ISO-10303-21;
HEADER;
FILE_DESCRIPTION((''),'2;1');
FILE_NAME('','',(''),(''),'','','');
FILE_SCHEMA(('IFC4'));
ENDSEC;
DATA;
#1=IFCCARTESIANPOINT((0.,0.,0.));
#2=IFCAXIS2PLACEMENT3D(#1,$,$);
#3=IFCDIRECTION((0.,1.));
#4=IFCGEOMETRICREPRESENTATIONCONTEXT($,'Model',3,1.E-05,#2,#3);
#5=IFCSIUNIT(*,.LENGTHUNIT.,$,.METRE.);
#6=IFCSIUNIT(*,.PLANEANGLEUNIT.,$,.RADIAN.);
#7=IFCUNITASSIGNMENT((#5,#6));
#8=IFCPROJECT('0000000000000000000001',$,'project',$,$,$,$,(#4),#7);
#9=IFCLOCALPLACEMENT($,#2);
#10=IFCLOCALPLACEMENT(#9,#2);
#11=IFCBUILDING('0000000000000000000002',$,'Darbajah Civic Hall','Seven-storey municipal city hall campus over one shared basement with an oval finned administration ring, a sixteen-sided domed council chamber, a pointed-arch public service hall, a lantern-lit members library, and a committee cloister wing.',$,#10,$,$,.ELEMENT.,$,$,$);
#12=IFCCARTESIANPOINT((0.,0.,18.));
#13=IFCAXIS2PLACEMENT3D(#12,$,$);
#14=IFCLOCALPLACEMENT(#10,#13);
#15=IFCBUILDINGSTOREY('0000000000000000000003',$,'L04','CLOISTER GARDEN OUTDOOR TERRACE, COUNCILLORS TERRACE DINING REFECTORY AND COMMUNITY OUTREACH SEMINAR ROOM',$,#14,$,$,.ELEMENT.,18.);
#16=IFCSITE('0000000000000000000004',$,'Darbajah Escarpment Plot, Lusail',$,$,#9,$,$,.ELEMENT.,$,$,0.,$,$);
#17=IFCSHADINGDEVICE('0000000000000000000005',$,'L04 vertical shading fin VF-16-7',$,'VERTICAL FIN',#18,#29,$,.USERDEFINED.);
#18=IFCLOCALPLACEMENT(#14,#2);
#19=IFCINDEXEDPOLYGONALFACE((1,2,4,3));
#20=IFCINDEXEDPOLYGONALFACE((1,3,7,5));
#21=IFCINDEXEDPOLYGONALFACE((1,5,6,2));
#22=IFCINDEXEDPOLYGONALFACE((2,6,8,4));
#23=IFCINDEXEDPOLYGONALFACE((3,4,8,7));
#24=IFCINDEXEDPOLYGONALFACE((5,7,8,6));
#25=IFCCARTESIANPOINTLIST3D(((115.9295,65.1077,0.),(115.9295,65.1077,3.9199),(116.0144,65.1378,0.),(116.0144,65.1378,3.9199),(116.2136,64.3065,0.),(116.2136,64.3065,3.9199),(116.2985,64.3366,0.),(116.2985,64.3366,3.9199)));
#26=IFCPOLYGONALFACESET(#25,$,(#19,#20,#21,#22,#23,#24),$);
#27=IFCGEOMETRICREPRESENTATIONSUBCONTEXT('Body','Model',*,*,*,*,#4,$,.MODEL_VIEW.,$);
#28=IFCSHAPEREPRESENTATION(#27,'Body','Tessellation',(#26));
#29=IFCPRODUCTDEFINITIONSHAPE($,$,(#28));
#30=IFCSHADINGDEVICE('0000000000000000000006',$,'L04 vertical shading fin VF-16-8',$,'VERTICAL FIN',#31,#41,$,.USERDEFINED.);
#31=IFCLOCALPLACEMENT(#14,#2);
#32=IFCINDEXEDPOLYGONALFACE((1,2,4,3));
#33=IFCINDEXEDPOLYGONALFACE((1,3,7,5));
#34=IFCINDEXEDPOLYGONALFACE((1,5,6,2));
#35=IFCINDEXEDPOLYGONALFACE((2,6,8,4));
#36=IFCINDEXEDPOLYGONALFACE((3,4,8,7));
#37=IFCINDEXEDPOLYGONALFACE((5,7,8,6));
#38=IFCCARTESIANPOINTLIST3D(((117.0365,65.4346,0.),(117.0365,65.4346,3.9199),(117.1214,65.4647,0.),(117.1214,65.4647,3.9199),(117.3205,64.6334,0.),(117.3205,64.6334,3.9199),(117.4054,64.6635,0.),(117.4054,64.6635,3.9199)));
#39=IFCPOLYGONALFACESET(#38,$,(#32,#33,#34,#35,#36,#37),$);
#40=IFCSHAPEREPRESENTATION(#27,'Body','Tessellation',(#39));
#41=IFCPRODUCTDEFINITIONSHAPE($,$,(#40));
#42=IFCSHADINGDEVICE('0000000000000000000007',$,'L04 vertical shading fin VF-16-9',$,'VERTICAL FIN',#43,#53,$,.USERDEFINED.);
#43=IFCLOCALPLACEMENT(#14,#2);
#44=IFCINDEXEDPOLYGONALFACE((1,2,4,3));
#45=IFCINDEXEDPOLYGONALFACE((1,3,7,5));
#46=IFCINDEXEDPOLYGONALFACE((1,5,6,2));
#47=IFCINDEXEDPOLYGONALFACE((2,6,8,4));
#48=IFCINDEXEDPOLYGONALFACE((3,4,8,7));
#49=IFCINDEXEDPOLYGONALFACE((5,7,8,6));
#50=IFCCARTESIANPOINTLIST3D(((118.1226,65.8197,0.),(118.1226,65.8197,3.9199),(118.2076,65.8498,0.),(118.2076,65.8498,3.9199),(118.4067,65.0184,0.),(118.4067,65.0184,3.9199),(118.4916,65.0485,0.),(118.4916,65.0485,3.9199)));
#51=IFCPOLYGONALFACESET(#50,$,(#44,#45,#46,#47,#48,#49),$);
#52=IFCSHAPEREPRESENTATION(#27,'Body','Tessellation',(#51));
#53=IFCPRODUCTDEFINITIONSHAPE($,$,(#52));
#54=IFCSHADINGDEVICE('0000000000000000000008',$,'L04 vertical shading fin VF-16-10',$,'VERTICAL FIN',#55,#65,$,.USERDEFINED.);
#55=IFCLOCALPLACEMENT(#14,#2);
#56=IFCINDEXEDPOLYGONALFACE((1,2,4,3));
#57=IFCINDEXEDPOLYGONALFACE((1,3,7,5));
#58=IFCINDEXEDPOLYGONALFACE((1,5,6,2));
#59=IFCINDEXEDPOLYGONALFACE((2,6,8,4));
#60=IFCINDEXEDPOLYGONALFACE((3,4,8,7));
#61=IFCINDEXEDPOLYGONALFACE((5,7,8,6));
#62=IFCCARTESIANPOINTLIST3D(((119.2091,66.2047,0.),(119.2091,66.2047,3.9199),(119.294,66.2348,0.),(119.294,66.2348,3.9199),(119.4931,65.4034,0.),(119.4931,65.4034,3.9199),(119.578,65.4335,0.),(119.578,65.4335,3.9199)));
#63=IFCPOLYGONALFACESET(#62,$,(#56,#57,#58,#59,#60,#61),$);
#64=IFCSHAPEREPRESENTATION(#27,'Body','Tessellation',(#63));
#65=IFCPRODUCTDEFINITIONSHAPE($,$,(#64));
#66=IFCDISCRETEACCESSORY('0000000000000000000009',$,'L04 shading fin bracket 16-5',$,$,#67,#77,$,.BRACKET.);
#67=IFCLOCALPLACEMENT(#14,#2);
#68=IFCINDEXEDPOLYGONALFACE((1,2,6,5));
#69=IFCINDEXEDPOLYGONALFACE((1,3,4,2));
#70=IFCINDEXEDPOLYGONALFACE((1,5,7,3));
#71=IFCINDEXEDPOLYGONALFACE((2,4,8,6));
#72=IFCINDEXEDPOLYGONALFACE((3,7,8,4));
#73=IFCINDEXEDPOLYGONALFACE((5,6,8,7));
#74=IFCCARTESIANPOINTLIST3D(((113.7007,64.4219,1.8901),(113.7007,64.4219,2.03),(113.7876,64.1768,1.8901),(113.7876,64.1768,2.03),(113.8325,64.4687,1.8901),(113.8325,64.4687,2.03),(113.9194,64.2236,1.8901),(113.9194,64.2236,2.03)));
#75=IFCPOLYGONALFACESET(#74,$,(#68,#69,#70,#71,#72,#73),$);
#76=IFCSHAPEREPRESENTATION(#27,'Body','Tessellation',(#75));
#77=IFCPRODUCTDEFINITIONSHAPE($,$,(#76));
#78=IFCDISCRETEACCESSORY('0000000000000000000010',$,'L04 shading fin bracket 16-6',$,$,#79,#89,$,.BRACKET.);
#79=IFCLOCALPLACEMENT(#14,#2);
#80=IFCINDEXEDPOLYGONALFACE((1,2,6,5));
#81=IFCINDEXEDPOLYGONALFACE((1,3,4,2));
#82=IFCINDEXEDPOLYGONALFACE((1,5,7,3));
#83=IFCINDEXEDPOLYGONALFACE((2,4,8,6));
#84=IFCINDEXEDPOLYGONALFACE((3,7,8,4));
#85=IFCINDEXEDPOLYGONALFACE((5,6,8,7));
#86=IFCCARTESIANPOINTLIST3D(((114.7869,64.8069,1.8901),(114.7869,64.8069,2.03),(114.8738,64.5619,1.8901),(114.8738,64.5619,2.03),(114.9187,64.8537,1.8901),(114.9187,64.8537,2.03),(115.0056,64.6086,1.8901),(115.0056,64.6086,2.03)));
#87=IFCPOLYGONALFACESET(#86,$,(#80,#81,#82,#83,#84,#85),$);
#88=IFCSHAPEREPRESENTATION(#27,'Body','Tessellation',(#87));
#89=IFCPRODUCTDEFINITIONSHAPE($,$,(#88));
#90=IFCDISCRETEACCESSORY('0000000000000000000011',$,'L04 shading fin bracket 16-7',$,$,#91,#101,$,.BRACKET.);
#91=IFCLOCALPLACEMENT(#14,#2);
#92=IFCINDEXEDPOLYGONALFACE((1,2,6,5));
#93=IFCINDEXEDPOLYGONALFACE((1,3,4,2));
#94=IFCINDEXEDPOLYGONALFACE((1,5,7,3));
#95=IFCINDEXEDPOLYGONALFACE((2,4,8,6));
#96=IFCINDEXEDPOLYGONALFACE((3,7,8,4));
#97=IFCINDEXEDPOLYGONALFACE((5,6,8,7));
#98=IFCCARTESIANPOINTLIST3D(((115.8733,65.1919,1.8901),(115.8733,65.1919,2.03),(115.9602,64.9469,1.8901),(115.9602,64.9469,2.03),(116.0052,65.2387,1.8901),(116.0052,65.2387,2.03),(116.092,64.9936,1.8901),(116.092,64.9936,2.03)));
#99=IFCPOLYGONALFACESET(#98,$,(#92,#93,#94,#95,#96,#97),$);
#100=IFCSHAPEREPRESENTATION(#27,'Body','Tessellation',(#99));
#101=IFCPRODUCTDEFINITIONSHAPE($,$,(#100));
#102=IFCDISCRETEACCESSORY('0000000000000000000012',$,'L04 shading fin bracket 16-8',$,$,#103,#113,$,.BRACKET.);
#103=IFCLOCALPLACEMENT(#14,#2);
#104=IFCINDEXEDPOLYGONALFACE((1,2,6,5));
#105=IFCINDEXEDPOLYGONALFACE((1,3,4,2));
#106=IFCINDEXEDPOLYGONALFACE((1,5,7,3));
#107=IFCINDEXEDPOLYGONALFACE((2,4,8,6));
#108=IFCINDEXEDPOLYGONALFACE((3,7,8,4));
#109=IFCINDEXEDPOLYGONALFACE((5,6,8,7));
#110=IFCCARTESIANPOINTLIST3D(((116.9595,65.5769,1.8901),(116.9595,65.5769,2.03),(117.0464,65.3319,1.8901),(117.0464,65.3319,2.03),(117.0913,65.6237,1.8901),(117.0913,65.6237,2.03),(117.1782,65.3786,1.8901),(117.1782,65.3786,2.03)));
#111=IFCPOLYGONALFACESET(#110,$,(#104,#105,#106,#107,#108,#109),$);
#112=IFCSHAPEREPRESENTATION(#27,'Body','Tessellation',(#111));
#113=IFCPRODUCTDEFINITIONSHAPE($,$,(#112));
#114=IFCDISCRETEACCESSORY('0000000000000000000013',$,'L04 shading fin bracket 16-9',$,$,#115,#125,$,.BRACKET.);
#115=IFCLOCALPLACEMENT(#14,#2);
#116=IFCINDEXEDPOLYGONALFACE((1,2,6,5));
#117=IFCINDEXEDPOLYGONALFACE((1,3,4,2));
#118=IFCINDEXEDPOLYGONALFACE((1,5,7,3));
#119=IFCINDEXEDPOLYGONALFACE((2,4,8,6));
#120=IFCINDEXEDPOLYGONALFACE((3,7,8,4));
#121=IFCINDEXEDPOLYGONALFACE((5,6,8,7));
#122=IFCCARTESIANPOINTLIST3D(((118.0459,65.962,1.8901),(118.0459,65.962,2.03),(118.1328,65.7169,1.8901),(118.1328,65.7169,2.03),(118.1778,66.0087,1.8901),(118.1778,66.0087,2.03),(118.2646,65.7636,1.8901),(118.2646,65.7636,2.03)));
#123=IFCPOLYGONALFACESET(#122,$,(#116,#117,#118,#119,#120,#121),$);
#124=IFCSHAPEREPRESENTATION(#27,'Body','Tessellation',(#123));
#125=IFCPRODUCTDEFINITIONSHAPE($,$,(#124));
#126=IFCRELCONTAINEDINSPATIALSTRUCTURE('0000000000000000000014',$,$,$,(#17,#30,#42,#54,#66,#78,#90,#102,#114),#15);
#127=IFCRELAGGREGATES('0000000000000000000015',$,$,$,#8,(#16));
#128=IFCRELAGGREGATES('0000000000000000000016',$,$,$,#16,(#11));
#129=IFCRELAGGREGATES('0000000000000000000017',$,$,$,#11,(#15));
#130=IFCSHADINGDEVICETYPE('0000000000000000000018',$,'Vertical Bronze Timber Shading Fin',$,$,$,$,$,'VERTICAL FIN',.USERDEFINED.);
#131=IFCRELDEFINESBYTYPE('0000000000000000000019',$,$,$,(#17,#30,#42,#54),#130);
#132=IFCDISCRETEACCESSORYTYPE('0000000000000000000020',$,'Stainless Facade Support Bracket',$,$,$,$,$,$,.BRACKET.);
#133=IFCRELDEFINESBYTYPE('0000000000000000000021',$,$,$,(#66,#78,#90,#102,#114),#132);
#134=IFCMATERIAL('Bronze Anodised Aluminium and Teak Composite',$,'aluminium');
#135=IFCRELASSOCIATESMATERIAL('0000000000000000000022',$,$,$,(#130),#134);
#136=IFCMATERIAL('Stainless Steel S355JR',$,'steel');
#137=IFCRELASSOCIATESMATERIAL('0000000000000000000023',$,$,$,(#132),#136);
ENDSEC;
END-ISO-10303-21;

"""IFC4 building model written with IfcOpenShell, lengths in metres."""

from ifc_helpers import new_model, si_unit, direction, frame, origin, origin_2d, place, context, subcontext, project, spatial, rectangle, extrude, material, type_object, element, save


model = new_model("IFC4")

# Units and contexts
model_context = context("Model", 3, precision=1e-05, world=origin(), true_north=direction((0.0, 1.0)))
body_context = subcontext(model_context, "Body", "Model", "MODEL_VIEW")
ifc_project = project(units=[si_unit("LENGTHUNIT", "METRE"), si_unit("PLANEANGLEUNIT", "RADIAN")], contexts=[model_context])

# Site, building, storey
site_placement = place(None, origin())
site = spatial("IfcSite", under=ifc_project, at=site_placement, Name="Darbajah Escarpment Plot, Lusail", CompositionType="ELEMENT", RefElevation=0.0)
building_placement = place(site_placement, origin())
building = spatial("IfcBuilding", under=site, at=building_placement, Name="Darbajah Civic Hall", Description="Seven-storey municipal city hall campus over one shared basement with an oval finned administration ring, a sixteen-sided domed council chamber, a pointed-arch public service hall, a lantern-lit members library, and a committee cloister wing.", CompositionType="ELEMENT")
storey_placement = place(building_placement, frame((0.0, 0.0, 18.0)))
storey = spatial("IfcBuildingStorey", under=building, at=storey_placement, Name="L04", Description="CLOISTER GARDEN OUTDOOR TERRACE, COUNCILLORS TERRACE DINING REFECTORY AND COMMUNITY OUTREACH SEMINAR ROOM", CompositionType="ELEMENT", Elevation=18.0)

# Shading devices
ifc_material_1 = material(Name="Bronze Anodised Aluminium and Teak Composite", Category="aluminium")
shading_device_type = type_object("IfcShadingDeviceType", Name="Vertical Bronze Timber Shading Fin", ElementType="VERTICAL FIN", PredefinedType="USERDEFINED", material=ifc_material_1)
for number, where, z_axis, x_axis, name in (
    (1, (116.114, 64.7222, 0.0), (0.0, 0.0, 1.0), (0.334136, -0.942525, 0.0), "L04 vertical shading fin VF-16-7"),
    (2, (117.2209, 65.0491, 0.0), (0.0, 0.0, 1.0), (0.334136, -0.942525, 0.0), "L04 vertical shading fin VF-16-8"),
    (3, (118.3071, 65.4341, 0.0), (0.0, 0.0, 1.0), (0.334136, -0.942525, 0.0), "L04 vertical shading fin VF-16-9"),
    (4, (119.3936, 65.8191, 0.0), (0.0, 0.0, 1.0), (0.334136, -0.942525, 0.0), "L04 vertical shading fin VF-16-10"),
):
    element("IfcShadingDevice", number, at=place(storey_placement, frame(where, z_axis=z_axis, x_axis=x_axis)), inside=storey, type_object=shading_device_type, Name=name, ObjectType="VERTICAL FIN", PredefinedType="USERDEFINED", context=body_context, shape_type="SweptSolid", body=[
        extrude(rectangle(XDim=0.8501, YDim=0.0901, at=origin_2d()), origin(), (0.0, 0.0, 1.0), 3.9199),
    ])

# Discrete accessories
ifc_material_2 = material(Name="Stainless Steel S355JR", Category="steel")
discrete_accessory_type = type_object("IfcDiscreteAccessoryType", Name="Stainless Facade Support Bracket", PredefinedType="BRACKET", material=ifc_material_2)
for number, where, z_axis, x_axis, name in (
    (5, (113.8101, 64.3228, 1.8901), (0.0, 0.0, 1.0), (0.334136, -0.942525, 0.0), "L04 shading fin bracket 16-5"),
    (6, (114.8962, 64.7078, 1.8901), (0.0, 0.0, 1.0), (0.334136, -0.942525, 0.0), "L04 shading fin bracket 16-6"),
    (7, (115.9827, 65.0928, 1.8901), (0.0, 0.0, 1.0), (0.334136, -0.942525, 0.0), "L04 shading fin bracket 16-7"),
    (8, (117.0688, 65.4778, 1.8901), (0.0, 0.0, 1.0), (0.334136, -0.942525, 0.0), "L04 shading fin bracket 16-8"),
    (9, (118.1553, 65.8628, 1.8901), (0.0, 0.0, 1.0), (0.334136, -0.942525, 0.0), "L04 shading fin bracket 16-9"),
):
    element("IfcDiscreteAccessory", number, at=place(storey_placement, frame(where, z_axis=z_axis, x_axis=x_axis)), inside=storey, type_object=discrete_accessory_type, Name=name, PredefinedType="BRACKET", context=body_context, shape_type="SweptSolid", body=[
        extrude(rectangle(XDim=0.26, YDim=0.1399, at=origin_2d()), origin(), (0.0, 0.0, 1.0), 0.1399),
    ])

save(model, "model.ifc")
